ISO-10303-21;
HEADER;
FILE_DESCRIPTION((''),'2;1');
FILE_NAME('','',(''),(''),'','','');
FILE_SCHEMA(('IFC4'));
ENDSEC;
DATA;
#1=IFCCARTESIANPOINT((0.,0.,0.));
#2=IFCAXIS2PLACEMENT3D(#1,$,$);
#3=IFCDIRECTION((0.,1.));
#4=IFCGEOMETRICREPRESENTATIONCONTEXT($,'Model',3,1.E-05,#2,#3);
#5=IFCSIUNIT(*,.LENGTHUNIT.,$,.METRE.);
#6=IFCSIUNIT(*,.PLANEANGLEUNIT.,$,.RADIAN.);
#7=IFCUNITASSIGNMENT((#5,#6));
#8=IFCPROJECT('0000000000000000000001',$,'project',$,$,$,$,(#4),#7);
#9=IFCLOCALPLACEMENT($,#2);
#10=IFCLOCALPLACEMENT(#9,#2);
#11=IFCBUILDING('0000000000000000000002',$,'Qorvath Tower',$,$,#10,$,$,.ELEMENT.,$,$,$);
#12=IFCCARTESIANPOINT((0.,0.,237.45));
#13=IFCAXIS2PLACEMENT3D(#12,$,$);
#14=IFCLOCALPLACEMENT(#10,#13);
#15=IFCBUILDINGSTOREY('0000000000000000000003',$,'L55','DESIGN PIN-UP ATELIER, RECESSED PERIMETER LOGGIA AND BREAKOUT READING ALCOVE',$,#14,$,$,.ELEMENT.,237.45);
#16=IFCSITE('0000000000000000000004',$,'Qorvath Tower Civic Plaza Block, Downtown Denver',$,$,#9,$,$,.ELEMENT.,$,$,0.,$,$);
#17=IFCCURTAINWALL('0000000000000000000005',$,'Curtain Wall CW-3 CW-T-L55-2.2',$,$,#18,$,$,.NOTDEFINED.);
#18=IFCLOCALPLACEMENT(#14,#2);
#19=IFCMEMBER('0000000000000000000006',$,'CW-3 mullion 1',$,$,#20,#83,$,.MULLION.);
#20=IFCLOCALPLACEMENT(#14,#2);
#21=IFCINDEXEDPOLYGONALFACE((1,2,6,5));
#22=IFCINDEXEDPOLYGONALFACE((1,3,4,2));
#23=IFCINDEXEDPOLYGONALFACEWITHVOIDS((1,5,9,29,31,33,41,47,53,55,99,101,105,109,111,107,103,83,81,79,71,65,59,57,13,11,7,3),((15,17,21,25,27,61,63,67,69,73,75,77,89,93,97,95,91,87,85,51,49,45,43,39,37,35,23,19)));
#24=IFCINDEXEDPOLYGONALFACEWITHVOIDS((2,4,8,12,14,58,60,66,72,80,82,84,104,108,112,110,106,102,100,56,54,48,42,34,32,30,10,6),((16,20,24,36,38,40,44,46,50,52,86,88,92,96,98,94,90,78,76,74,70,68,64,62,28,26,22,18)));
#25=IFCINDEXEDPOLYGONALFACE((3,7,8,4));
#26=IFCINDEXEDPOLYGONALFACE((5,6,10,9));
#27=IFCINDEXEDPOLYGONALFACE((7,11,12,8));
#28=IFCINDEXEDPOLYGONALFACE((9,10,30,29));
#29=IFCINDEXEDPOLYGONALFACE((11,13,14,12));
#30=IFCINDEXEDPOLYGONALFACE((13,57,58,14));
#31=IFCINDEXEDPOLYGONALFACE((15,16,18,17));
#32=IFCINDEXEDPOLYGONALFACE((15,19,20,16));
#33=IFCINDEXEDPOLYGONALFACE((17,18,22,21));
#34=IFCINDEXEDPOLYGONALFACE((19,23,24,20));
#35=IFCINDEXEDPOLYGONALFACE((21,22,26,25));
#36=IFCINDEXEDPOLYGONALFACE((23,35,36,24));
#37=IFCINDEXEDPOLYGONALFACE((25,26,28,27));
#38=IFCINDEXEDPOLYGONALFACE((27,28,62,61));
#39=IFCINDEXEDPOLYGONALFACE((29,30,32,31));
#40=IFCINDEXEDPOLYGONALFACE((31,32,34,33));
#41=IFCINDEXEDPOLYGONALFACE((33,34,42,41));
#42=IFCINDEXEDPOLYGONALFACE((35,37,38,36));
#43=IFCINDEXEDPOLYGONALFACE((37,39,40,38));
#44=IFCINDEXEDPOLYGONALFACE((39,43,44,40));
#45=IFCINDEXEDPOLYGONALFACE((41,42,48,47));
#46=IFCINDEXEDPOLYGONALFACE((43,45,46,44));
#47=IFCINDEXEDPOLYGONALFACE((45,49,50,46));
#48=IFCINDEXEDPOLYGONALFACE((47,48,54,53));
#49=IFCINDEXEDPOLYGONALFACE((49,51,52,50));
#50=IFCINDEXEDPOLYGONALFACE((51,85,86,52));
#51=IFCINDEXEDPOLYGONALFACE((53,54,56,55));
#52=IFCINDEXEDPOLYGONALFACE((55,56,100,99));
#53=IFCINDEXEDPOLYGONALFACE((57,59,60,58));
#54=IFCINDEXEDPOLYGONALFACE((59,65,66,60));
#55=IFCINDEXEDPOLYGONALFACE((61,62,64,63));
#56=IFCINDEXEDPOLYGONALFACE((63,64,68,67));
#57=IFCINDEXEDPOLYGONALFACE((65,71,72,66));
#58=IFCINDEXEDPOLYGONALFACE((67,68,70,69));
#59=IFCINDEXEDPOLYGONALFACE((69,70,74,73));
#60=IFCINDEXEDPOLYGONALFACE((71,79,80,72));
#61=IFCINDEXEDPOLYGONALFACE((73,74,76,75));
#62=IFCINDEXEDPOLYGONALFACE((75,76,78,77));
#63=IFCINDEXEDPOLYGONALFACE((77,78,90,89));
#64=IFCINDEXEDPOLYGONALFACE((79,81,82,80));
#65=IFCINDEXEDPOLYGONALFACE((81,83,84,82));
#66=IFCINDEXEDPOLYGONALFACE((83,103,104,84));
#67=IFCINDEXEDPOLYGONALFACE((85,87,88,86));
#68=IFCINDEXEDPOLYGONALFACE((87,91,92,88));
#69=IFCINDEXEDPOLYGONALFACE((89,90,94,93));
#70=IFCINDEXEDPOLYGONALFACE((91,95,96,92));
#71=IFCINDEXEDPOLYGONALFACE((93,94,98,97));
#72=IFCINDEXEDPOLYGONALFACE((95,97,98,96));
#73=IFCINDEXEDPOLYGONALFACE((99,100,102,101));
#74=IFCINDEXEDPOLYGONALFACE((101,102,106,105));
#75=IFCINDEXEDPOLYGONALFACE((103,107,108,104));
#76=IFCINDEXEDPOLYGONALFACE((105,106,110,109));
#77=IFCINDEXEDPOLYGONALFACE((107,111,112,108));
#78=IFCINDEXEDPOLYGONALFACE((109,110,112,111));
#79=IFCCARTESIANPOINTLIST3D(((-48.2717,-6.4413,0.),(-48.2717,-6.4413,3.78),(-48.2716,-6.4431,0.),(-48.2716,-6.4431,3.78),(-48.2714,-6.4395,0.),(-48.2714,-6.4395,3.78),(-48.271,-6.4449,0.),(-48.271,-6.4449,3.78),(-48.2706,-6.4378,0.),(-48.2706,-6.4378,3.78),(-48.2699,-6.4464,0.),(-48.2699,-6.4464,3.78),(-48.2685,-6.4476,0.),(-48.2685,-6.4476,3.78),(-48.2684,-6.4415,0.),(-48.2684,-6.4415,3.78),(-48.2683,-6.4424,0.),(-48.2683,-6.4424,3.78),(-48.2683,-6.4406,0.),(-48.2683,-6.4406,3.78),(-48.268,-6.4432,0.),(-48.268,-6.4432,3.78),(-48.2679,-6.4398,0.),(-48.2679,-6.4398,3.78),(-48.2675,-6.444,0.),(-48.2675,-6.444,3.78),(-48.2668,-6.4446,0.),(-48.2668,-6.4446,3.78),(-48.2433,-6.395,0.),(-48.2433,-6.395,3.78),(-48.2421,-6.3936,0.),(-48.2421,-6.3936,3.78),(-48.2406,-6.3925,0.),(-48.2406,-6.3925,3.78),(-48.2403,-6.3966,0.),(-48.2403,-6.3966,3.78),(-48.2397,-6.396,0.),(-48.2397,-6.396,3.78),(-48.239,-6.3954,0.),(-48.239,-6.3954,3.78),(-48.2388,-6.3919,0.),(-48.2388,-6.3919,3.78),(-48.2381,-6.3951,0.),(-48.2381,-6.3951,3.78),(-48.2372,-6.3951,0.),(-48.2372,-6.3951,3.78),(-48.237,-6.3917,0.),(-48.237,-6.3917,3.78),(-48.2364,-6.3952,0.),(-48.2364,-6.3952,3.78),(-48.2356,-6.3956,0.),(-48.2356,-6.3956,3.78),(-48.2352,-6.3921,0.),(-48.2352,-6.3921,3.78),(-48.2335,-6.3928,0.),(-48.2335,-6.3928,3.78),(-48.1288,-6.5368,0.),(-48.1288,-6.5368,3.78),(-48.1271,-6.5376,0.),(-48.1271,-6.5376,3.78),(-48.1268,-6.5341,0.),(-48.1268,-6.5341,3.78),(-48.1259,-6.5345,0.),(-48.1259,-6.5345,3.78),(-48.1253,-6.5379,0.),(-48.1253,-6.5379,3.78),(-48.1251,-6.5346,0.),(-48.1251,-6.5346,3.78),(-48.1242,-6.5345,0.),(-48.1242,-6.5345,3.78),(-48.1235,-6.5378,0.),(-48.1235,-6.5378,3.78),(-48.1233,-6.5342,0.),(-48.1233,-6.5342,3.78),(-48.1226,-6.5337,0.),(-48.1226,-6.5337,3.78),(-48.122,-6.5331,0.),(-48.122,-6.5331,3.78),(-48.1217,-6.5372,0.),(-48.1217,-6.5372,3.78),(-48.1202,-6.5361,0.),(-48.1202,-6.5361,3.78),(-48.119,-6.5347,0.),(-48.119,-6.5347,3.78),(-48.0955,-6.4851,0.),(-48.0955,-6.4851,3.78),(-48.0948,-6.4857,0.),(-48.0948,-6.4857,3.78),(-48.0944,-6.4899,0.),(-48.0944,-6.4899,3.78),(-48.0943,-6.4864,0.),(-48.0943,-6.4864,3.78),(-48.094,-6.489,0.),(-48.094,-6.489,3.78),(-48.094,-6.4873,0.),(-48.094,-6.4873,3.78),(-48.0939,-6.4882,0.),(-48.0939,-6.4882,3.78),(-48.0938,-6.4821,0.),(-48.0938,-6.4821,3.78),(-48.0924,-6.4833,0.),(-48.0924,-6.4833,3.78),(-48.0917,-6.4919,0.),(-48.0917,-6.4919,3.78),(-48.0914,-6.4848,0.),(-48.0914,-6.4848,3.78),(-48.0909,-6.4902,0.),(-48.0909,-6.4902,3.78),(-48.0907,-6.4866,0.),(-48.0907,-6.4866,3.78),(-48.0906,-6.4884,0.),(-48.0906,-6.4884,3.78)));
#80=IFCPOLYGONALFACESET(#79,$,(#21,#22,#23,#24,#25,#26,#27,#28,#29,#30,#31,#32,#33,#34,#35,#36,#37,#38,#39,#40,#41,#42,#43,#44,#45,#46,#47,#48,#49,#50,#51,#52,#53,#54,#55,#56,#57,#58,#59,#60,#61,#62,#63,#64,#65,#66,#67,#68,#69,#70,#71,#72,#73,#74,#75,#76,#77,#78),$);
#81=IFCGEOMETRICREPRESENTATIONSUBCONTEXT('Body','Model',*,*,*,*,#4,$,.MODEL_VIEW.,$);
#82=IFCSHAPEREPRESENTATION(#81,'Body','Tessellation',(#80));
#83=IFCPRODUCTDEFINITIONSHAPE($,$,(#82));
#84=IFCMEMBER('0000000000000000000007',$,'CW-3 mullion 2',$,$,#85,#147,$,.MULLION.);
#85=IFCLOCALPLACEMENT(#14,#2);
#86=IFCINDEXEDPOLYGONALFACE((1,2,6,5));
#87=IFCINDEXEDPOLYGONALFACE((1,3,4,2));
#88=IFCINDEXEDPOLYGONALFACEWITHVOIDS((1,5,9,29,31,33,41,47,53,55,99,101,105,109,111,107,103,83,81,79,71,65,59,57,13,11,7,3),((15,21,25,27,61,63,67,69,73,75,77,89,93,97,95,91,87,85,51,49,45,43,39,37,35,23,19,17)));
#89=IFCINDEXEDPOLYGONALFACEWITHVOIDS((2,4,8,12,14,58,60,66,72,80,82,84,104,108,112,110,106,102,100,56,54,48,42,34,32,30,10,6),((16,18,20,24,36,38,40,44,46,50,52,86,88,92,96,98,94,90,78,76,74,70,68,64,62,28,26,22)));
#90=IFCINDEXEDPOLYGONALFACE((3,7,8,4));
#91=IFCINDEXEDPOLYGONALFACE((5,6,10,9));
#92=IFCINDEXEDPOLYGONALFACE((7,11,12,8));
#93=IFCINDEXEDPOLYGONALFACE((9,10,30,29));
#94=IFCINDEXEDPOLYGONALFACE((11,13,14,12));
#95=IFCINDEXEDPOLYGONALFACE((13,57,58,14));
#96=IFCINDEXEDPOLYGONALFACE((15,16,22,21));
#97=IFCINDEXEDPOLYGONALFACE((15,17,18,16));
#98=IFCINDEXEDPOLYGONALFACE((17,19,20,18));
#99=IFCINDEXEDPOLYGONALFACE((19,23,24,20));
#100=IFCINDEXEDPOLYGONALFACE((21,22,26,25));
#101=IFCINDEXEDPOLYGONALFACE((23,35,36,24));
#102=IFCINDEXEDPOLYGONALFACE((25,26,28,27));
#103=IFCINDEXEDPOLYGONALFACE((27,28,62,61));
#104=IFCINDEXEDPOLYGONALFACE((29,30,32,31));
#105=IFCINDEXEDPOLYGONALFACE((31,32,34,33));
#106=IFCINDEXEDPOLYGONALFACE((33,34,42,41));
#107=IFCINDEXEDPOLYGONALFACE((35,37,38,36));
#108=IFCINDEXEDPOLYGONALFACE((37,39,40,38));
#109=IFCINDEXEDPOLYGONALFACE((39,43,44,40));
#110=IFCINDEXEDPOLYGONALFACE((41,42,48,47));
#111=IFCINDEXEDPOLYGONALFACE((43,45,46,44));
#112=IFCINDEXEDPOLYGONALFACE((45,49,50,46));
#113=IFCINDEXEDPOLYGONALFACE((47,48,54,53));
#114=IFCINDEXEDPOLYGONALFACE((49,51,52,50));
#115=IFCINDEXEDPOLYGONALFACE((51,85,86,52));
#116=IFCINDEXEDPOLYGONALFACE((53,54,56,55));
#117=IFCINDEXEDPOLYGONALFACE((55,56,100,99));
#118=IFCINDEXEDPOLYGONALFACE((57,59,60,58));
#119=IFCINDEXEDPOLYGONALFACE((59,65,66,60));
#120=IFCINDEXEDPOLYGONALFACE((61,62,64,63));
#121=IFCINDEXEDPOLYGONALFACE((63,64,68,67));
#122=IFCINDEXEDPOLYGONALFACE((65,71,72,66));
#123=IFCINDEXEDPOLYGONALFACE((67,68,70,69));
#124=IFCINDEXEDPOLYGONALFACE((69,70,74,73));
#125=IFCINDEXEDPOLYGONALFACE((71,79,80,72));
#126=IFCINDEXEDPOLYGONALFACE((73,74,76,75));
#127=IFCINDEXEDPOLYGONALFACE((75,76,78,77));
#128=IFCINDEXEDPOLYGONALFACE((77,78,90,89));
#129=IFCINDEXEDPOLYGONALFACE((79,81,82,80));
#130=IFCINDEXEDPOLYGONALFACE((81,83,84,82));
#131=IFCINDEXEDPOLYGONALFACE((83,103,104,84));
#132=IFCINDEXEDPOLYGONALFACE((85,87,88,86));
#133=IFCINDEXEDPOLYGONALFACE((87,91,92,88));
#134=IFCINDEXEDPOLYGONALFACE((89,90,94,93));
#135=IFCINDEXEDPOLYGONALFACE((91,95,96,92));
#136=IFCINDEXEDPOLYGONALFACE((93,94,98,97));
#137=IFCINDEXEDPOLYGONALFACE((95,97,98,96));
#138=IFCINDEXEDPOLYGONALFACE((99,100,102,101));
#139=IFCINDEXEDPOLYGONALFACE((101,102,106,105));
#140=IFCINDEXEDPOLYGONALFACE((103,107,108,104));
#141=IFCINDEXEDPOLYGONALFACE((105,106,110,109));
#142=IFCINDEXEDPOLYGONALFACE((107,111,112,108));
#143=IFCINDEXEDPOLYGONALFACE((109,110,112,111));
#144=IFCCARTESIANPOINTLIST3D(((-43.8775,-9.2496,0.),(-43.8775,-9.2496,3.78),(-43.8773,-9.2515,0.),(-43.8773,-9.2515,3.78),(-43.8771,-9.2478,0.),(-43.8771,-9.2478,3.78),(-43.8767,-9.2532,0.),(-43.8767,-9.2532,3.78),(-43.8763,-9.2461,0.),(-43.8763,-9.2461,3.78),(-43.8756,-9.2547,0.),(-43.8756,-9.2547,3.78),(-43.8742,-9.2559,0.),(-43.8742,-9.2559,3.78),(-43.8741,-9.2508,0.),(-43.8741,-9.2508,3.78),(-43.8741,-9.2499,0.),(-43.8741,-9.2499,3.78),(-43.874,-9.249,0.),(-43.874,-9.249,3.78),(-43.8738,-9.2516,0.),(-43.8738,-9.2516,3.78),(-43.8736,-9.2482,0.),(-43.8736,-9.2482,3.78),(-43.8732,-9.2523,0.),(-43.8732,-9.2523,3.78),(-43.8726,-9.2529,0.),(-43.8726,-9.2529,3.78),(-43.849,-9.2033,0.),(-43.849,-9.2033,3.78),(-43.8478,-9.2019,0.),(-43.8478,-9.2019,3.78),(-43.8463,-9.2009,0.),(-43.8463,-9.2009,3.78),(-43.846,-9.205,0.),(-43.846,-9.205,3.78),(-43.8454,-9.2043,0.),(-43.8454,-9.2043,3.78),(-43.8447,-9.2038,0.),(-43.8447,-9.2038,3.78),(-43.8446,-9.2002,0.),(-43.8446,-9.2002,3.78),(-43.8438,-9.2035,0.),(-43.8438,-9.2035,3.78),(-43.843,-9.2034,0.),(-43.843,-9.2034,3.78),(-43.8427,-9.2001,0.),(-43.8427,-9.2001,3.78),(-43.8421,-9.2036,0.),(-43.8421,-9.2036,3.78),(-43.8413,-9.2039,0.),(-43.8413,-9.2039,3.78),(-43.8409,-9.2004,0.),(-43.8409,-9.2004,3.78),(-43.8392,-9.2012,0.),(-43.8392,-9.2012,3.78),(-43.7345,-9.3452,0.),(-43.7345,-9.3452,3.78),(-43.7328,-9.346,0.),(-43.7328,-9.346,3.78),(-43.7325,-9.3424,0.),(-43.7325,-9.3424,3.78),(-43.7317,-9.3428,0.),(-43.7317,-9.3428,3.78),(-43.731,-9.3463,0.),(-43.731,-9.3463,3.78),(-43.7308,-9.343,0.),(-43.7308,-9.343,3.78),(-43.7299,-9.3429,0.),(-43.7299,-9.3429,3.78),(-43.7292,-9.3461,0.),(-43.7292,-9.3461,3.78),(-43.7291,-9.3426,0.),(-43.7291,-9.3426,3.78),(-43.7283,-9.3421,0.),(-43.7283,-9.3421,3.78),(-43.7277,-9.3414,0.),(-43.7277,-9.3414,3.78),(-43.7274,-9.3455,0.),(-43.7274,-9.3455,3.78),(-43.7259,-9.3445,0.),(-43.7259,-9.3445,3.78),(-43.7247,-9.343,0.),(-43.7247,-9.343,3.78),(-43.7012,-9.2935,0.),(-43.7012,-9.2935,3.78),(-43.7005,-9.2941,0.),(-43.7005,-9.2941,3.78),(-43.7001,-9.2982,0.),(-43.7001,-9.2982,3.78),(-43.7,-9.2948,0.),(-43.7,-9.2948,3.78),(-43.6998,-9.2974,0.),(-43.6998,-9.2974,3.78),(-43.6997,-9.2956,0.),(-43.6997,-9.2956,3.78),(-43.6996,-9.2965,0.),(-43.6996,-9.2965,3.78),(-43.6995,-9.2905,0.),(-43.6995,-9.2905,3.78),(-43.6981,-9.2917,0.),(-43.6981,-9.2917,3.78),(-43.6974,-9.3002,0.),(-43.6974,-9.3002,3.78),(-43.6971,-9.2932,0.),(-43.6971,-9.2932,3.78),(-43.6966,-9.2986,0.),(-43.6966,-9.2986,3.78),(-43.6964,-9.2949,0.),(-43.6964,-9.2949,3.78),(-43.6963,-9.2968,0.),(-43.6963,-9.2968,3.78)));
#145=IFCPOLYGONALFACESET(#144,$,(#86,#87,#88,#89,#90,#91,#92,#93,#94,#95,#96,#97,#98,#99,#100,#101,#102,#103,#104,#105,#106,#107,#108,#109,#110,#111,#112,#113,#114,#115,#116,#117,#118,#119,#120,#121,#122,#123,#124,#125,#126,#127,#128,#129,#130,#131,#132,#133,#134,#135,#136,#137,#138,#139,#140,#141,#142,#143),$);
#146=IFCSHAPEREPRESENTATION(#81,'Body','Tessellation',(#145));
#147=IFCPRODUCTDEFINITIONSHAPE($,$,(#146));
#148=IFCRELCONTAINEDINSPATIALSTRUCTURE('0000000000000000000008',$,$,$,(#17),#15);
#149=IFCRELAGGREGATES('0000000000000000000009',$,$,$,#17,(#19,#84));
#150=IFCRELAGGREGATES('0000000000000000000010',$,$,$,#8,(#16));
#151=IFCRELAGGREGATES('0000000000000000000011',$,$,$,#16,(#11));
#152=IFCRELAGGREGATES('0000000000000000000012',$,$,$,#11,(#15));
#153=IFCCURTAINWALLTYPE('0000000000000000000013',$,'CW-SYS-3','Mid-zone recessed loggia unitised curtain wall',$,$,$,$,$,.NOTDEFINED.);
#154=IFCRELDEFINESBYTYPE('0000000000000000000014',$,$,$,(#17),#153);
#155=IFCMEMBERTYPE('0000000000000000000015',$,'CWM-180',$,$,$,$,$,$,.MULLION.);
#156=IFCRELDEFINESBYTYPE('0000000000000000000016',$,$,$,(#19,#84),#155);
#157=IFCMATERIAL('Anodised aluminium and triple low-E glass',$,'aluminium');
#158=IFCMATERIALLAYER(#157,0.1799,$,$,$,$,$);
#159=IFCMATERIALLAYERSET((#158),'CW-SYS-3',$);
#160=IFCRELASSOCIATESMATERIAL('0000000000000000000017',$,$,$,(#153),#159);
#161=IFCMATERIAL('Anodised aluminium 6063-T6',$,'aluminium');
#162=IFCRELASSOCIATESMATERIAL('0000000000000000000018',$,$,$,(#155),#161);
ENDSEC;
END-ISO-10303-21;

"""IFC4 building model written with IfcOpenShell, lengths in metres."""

from ifc_helpers import new_model, si_unit, direction, frame, origin, origin_2d, place, context, subcontext, project, spatial, hollow_rectangle, extrude, material, layer, layer_set, material_profile, profile_set, type_object, element, aggregate, save


model = new_model("IFC4")

# Units and contexts
model_context = context("Model", 3, precision=1e-05, world=origin(), true_north=direction((0.0, 1.0)))
body_context = subcontext(model_context, "Body", "Model", "MODEL_VIEW")
ifc_project = project(units=[si_unit("LENGTHUNIT", "METRE"), si_unit("PLANEANGLEUNIT", "RADIAN")], contexts=[model_context])

# Site, building, storey
site_placement = place(None, origin())
site = spatial("IfcSite", under=ifc_project, at=site_placement, Name="Qorvath Tower Civic Plaza Block, Downtown Denver", CompositionType="ELEMENT", RefElevation=0.0)
building_placement = place(site_placement, origin())
building = spatial("IfcBuilding", under=site, at=building_placement, Name="Qorvath Tower", CompositionType="ELEMENT")
storey_placement = place(building_placement, frame((0.0, 0.0, 237.45)))
storey = spatial("IfcBuildingStorey", under=building, at=storey_placement, Name="L55", Description="DESIGN PIN-UP ATELIER, RECESSED PERIMETER LOGGIA AND BREAKOUT READING ALCOVE", CompositionType="ELEMENT", Elevation=237.45)

# Curtain wall, members
ifc_material_1 = material(Name="Anodised aluminium and triple low-E glass", Category="aluminium")
ifc_layer_1 = layer(ifc_material_1, 0.1799)
ifc_layer_set_1 = layer_set([ifc_layer_1], Name="CW-SYS-3")
curtain_wall_type = type_object("IfcCurtainWallType", Name="CW-SYS-3", Description="Mid-zone recessed loggia unitised curtain wall", PredefinedType="NOTDEFINED", material=ifc_layer_set_1)
ifc_material_2 = material(Name="Anodised aluminium 6063-T6", Category="aluminium")
ifc_material_profile_1 = material_profile(ifc_material_2, hollow_rectangle(XDim=0.0649, YDim=0.1799, WallThickness=0.0034, InnerFilletRadius=0.0034, OuterFilletRadius=0.0071, at=origin_2d()), Name="CWM 180x65")
ifc_profile_set_1 = profile_set([ifc_material_profile_1], Name="Anodised aluminium 6063-T6")
member_type_1 = type_object("IfcMemberType", Name="CWM-180", PredefinedType="MULLION", material=ifc_profile_set_1)
curtain_wall_1_placement = place(storey_placement, origin())
curtain_wall_1 = element("IfcCurtainWall", 1, at=curtain_wall_1_placement, inside=storey, type_object=curtain_wall_type, Name="Curtain Wall CW-3 CW-T-L55-2.2", PredefinedType="NOTDEFINED")
member_1_placement = place(storey_placement, frame((-48.1812, -6.4648, 0.0), z_axis=(0.0, 0.0, 1.0), x_axis=(0.538529, 0.842607, 0.0)))
member_1 = element("IfcMember", 2, at=member_1_placement, type_object=member_type_1, Name="CW-3 mullion 1", PredefinedType="MULLION", context=body_context, shape_type="SweptSolid", body=[
    extrude(hollow_rectangle(XDim=0.0649, YDim=0.1799, WallThickness=0.0034, InnerFilletRadius=0.0034, OuterFilletRadius=0.0071, at=origin_2d()), origin(), (0.0, 0.0, 1.0), 3.78),
])
member_2_placement = place(storey_placement, frame((-43.7869, -9.2732, 0.0), z_axis=(0.0, 0.0, 1.0), x_axis=(0.538529, 0.842607, 0.0)))
member_2 = element("IfcMember", 3, at=member_2_placement, type_object=member_type_1, Name="CW-3 mullion 2", PredefinedType="MULLION", context=body_context, shape_type="SweptSolid", body=[
    extrude(hollow_rectangle(XDim=0.0649, YDim=0.1799, WallThickness=0.0034, InnerFilletRadius=0.0034, OuterFilletRadius=0.0071, at=origin_2d()), origin(), (0.0, 0.0, 1.0), 3.78),
])

aggregate(curtain_wall_1, [member_1, member_2])

save(model, "model.ifc")
